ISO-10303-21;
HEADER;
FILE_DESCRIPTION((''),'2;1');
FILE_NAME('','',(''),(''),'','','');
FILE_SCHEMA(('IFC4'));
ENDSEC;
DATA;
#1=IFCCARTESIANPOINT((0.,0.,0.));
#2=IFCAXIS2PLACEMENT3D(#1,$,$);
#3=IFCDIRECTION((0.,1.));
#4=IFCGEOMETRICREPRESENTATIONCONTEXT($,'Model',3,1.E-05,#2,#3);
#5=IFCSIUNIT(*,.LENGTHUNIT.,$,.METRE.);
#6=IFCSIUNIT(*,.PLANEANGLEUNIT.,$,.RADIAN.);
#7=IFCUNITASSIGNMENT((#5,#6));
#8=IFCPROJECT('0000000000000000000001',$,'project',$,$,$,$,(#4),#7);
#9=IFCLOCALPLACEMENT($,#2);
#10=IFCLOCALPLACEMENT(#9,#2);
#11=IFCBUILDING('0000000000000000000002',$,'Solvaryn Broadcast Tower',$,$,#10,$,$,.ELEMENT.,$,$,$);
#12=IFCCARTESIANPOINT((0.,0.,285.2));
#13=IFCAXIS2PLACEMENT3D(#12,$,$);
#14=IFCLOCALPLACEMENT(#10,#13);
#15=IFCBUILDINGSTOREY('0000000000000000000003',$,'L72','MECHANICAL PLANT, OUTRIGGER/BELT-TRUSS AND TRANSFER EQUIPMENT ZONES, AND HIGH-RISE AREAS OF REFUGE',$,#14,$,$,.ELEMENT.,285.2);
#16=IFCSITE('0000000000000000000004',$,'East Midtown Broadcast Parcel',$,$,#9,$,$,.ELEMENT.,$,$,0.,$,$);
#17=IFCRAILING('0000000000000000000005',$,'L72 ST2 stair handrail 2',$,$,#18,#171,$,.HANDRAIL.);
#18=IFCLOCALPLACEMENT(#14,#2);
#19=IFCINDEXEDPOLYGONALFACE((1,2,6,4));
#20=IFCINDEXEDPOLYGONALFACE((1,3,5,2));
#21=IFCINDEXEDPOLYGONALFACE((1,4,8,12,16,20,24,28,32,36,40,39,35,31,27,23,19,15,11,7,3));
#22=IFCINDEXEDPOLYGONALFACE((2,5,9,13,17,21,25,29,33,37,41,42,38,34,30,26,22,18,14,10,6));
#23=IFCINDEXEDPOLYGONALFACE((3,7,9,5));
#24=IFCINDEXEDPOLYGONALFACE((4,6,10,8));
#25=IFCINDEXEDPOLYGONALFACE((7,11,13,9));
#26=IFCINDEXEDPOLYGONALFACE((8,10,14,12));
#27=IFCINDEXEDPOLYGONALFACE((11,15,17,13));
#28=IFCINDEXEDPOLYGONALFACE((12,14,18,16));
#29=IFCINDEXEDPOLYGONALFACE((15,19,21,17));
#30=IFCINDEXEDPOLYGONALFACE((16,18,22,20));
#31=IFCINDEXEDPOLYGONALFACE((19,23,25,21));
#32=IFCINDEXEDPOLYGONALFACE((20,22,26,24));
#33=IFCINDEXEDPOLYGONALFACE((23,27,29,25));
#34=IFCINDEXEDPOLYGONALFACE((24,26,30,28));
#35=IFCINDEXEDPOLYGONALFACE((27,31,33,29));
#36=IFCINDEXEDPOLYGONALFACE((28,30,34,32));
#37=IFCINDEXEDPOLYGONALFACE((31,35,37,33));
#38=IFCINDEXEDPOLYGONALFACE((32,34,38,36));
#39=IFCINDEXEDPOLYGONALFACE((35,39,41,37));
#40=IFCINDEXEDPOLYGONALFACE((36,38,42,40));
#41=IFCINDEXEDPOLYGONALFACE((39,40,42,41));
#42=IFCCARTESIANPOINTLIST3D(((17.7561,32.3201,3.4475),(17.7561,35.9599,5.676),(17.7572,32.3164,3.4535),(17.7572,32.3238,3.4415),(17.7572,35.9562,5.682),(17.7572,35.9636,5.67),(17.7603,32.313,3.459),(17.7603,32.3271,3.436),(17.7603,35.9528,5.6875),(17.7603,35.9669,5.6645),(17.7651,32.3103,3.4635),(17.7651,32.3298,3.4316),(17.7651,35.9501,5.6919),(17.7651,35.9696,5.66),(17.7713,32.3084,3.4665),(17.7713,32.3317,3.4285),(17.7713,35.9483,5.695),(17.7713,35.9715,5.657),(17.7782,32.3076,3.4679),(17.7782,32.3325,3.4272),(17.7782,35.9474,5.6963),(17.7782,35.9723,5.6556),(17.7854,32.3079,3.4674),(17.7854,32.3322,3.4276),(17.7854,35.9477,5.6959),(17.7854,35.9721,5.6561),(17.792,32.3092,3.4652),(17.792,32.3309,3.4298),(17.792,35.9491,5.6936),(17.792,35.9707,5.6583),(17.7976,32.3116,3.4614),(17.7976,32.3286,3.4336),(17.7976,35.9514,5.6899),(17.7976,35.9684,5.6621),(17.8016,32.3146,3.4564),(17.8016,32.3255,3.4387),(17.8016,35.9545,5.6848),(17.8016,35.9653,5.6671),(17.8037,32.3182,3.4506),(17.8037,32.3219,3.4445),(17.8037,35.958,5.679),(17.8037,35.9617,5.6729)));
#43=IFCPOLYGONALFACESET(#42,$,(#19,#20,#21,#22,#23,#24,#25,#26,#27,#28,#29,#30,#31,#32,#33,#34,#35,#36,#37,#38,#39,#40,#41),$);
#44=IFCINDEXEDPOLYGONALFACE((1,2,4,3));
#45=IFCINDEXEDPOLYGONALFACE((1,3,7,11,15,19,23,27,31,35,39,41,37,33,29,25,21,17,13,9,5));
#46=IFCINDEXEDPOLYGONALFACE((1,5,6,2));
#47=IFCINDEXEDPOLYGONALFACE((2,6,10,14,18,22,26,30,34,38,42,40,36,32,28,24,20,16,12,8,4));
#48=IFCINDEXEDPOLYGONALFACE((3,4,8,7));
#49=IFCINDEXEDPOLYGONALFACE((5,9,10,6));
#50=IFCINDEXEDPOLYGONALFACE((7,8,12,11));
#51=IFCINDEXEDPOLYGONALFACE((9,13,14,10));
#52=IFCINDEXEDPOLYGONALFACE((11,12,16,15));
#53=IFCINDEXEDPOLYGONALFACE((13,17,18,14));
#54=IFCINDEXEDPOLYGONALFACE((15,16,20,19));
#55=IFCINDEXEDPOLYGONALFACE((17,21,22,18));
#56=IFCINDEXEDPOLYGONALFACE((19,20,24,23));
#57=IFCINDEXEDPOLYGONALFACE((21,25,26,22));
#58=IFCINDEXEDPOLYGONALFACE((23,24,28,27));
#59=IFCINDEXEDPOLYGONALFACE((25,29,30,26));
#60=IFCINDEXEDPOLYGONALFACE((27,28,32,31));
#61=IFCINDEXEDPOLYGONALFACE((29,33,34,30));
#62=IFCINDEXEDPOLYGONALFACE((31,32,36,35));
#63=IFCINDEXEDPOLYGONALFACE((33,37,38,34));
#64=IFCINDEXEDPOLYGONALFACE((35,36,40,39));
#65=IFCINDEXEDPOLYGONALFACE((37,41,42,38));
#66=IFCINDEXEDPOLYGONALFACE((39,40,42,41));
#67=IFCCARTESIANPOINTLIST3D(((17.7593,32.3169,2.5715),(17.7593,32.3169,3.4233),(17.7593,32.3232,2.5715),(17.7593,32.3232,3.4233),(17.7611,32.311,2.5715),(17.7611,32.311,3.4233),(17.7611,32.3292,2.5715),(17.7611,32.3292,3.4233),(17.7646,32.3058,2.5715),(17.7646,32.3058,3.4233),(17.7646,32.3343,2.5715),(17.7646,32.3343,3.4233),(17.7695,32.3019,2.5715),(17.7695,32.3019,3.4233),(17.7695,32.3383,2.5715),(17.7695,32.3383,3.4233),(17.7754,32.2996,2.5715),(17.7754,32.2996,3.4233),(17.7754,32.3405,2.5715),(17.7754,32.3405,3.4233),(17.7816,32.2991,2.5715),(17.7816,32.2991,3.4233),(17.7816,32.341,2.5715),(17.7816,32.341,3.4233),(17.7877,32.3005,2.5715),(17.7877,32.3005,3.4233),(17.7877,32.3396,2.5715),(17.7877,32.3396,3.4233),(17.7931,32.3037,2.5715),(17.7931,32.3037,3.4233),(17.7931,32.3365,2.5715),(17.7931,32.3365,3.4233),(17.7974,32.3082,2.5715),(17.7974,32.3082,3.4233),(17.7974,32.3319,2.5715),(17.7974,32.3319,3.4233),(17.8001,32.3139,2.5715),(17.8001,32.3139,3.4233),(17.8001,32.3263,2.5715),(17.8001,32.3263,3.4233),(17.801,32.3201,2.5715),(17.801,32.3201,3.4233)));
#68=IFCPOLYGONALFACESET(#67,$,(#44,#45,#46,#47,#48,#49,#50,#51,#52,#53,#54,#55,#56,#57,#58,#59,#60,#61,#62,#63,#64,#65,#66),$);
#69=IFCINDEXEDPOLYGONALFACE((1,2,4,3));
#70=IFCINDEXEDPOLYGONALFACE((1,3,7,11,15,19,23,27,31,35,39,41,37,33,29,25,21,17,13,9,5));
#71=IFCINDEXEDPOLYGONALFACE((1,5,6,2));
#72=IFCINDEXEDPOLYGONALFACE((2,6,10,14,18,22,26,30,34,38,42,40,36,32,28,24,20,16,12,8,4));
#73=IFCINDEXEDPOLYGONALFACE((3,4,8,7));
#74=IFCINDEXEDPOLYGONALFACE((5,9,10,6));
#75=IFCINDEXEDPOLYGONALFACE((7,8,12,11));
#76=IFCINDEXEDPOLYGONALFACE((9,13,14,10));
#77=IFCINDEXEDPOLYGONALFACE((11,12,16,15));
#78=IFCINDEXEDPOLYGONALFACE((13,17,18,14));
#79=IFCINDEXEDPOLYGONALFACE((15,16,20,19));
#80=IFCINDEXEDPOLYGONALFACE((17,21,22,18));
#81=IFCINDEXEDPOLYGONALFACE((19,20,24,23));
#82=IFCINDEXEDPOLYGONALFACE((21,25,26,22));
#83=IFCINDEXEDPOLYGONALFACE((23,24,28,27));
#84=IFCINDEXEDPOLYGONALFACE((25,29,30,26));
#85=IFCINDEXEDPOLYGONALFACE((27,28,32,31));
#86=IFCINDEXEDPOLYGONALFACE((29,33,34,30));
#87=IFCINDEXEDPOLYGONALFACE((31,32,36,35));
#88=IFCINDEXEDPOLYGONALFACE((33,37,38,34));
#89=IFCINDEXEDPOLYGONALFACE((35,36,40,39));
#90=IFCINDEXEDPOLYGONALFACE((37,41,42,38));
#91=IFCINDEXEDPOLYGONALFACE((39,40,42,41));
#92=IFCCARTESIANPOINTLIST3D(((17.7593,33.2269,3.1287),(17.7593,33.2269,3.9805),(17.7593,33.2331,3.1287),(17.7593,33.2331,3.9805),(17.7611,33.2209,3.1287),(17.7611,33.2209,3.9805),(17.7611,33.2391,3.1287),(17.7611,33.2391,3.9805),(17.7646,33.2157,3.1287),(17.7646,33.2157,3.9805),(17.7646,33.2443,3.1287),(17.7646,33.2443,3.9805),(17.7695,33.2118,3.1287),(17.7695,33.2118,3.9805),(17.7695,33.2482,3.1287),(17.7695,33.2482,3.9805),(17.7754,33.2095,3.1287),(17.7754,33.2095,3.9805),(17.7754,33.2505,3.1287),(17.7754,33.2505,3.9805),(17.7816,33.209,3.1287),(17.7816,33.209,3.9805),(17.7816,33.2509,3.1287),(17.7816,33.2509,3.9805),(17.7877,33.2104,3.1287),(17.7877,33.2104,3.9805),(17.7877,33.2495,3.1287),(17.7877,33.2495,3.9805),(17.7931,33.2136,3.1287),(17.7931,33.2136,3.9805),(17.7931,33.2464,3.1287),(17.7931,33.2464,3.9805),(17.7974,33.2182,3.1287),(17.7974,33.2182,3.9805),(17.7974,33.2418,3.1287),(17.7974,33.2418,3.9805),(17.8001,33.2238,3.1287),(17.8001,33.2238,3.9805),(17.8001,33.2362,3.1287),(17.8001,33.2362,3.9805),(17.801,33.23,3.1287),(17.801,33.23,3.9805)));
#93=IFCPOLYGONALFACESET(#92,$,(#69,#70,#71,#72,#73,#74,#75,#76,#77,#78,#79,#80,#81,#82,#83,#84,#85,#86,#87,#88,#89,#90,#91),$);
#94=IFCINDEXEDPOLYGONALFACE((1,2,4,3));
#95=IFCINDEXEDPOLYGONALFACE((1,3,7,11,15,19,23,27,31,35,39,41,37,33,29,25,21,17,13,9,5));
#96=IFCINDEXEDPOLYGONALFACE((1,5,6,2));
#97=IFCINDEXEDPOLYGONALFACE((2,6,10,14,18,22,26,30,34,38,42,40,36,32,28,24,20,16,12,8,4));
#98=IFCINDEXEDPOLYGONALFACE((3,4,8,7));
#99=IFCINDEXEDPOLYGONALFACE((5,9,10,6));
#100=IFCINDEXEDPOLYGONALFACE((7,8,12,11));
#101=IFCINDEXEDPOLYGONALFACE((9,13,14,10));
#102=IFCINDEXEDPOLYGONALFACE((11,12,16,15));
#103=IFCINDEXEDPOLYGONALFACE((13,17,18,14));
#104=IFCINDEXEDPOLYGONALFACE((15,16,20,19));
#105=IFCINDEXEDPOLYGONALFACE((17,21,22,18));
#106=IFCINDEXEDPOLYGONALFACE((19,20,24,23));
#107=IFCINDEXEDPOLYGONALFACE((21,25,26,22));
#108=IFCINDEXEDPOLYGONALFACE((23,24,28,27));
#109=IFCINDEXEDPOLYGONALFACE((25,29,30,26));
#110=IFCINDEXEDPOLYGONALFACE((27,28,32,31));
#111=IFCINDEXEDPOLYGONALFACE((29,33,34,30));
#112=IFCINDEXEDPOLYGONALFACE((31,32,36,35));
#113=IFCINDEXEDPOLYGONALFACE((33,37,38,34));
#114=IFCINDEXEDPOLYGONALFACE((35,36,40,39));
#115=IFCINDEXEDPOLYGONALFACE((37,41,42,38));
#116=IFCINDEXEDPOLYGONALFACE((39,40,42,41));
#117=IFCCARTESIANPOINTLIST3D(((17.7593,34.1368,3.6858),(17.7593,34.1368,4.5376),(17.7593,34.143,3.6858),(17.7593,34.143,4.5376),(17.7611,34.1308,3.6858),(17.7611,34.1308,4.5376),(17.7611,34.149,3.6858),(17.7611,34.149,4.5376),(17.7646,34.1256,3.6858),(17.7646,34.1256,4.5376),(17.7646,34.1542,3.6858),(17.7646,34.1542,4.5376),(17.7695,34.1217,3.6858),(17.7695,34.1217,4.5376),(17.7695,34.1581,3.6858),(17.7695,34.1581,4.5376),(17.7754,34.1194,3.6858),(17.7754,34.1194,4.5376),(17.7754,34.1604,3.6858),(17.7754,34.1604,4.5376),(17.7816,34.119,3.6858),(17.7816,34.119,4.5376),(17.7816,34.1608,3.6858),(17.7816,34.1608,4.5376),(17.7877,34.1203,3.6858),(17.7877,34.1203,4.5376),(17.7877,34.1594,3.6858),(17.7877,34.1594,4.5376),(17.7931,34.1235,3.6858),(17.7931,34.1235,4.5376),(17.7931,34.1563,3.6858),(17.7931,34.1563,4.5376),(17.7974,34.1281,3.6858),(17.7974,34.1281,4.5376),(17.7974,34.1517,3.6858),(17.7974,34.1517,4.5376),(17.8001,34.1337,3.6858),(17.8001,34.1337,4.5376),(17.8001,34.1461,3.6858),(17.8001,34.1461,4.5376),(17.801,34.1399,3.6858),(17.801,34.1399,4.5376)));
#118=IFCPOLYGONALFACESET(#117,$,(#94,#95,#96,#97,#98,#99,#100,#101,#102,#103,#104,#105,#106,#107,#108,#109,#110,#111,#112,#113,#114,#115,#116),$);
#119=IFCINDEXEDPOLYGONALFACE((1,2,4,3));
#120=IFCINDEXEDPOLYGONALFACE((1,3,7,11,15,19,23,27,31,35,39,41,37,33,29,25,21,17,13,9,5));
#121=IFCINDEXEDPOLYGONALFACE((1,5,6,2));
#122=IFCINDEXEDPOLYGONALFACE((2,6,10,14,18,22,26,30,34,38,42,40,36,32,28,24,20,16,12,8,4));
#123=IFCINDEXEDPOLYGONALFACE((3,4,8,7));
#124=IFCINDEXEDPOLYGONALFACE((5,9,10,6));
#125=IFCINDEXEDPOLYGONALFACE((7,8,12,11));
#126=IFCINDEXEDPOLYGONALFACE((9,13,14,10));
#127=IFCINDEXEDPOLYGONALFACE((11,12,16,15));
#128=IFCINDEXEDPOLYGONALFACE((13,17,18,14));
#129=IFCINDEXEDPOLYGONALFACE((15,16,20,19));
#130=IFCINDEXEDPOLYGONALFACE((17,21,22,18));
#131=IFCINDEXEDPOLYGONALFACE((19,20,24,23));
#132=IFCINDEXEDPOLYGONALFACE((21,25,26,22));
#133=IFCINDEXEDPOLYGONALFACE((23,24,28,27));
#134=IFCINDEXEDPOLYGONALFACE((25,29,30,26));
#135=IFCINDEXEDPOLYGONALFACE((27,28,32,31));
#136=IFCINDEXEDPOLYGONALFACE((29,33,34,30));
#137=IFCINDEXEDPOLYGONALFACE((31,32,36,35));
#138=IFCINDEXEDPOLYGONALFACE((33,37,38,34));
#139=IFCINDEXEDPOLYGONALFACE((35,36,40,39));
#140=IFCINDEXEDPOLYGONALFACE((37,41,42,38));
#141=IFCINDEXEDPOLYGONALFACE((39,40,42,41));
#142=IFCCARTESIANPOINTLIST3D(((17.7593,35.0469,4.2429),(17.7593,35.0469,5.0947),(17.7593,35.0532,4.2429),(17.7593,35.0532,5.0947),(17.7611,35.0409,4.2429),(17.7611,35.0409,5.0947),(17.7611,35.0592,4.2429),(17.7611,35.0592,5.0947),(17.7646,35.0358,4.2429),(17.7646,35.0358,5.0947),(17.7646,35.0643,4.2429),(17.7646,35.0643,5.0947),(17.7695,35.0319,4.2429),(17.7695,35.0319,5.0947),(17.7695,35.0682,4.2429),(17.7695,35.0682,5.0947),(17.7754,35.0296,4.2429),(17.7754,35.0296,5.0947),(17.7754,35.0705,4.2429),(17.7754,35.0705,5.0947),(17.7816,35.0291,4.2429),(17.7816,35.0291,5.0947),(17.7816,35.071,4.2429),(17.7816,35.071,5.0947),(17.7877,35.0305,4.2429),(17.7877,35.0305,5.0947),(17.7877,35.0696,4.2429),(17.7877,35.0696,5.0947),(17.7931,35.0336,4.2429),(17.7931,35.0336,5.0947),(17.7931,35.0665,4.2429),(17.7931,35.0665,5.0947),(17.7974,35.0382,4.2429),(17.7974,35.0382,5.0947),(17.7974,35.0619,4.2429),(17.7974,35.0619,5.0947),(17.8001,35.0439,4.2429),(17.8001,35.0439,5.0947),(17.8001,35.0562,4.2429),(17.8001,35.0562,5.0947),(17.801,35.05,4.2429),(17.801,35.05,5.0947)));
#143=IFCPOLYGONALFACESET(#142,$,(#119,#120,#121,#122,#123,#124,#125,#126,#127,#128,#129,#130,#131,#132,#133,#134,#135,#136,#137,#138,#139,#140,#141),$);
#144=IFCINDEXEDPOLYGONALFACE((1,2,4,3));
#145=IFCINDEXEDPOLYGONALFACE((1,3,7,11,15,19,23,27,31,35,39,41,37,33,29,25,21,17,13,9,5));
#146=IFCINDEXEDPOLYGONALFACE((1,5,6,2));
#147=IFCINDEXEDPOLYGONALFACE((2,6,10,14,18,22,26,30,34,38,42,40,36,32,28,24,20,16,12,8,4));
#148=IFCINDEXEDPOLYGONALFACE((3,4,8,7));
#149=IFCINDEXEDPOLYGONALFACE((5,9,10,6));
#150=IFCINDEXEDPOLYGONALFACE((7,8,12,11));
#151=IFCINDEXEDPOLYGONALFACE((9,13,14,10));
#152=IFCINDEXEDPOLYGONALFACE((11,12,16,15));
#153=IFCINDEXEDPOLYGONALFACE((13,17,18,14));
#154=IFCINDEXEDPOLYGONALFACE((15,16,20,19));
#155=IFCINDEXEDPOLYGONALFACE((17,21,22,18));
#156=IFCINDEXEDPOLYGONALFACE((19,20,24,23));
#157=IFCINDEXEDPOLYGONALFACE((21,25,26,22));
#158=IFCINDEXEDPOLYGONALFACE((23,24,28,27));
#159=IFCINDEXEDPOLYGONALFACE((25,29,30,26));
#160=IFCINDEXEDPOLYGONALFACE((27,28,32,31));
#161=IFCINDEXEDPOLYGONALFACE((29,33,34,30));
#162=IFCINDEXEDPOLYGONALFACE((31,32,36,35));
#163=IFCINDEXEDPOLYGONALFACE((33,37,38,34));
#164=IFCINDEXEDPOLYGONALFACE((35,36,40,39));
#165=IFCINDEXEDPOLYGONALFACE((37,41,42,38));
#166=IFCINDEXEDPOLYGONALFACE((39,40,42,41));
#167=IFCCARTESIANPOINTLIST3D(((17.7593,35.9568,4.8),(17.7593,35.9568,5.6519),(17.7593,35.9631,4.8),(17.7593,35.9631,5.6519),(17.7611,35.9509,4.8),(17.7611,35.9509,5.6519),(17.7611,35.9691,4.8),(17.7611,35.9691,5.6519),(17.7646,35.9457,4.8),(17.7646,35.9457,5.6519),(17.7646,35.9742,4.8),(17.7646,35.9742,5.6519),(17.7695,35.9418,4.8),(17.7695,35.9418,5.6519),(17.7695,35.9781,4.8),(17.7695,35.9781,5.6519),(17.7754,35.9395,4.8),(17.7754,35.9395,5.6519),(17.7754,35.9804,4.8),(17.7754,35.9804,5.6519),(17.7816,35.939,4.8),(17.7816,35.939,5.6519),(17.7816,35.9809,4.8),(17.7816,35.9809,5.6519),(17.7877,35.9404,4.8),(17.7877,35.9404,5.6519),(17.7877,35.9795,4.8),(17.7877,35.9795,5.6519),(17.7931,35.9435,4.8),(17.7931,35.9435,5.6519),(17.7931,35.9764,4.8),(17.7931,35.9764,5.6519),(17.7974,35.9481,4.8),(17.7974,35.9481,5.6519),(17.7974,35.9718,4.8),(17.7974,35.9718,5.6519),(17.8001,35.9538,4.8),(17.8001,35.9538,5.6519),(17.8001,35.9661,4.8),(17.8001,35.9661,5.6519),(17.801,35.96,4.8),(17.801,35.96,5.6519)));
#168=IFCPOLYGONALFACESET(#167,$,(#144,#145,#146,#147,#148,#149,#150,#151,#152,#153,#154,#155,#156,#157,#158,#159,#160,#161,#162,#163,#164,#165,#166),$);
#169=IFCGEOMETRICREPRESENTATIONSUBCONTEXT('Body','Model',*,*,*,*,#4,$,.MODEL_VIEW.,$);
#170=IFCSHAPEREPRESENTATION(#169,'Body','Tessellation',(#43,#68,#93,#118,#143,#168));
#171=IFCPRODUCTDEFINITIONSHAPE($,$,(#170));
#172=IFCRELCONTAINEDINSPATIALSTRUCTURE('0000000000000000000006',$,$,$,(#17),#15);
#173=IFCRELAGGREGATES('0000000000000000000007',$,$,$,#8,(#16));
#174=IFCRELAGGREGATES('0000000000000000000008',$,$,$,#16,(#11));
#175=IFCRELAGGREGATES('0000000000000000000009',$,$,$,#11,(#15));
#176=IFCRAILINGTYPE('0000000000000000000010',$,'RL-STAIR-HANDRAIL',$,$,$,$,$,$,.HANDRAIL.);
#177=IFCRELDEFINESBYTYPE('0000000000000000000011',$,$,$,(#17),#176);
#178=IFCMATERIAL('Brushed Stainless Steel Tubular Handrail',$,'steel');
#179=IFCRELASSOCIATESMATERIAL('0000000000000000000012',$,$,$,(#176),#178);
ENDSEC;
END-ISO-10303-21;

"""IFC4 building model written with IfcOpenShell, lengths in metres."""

from ifc_helpers import new_model, si_unit, direction, frame, origin, origin_2d, place, context, subcontext, project, spatial, circle, extrude, material, type_object, element, save


model = new_model("IFC4")

# Units and contexts
model_context = context("Model", 3, precision=1e-05, world=origin(), true_north=direction((0.0, 1.0)))
body_context = subcontext(model_context, "Body", "Model", "MODEL_VIEW")
ifc_project = project(units=[si_unit("LENGTHUNIT", "METRE"), si_unit("PLANEANGLEUNIT", "RADIAN")], contexts=[model_context])

# Site, building, storey
site_placement = place(None, origin())
site = spatial("IfcSite", under=ifc_project, at=site_placement, Name="East Midtown Broadcast Parcel", CompositionType="ELEMENT", RefElevation=0.0)
building_placement = place(site_placement, origin())
building = spatial("IfcBuilding", under=site, at=building_placement, Name="Solvaryn Broadcast Tower", CompositionType="ELEMENT")
storey_placement = place(building_placement, frame((0.0, 0.0, 285.2)))
storey = spatial("IfcBuildingStorey", under=building, at=storey_placement, Name="L72", Description="MECHANICAL PLANT, OUTRIGGER/BELT-TRUSS AND TRANSFER EQUIPMENT ZONES, AND HIGH-RISE AREAS OF REFUGE", CompositionType="ELEMENT", Elevation=285.2)

# Railing
ifc_material_1 = material(Name="Brushed Stainless Steel Tubular Handrail", Category="steel")
railing_type_1 = type_object("IfcRailingType", Name="RL-STAIR-HANDRAIL", PredefinedType="HANDRAIL", material=ifc_material_1)
railing_1_placement = place(storey_placement, frame((17.78, 32.3201, 2.5715)))
element("IfcRailing", 1, at=railing_1_placement, inside=storey, type_object=railing_type_1, Name="L72 ST2 stair handrail 2", PredefinedType="HANDRAIL", context=body_context, shape_type="SweptSolid", body=[
    extrude(circle(Radius=0.0239, at=origin_2d()), frame((0.0, 0.0, 0.876), z_axis=(0.0, 0.85285, 0.522156), x_axis=(-1.0, 0.0, 0.0)), (0.0, 0.0, 1.0), 4.2678),
    extrude(circle(Radius=0.021, at=origin_2d()), origin(), (0.0, 0.0, 1.0), 0.8518),
    extrude(circle(Radius=0.021, at=origin_2d()), frame((0.0, 0.9099, 0.5571)), (0.0, 0.0, 1.0), 0.8518),
    extrude(circle(Radius=0.021, at=origin_2d()), frame((0.0, 1.8198, 1.1143)), (0.0, 0.0, 1.0), 0.8518),
    extrude(circle(Radius=0.021, at=origin_2d()), frame((0.0, 2.73, 1.6714)), (0.0, 0.0, 1.0), 0.8518),
    extrude(circle(Radius=0.021, at=origin_2d()), frame((0.0, 3.6399, 2.2285)), (0.0, 0.0, 1.0), 0.8518),
])

save(model, "model.ifc")
